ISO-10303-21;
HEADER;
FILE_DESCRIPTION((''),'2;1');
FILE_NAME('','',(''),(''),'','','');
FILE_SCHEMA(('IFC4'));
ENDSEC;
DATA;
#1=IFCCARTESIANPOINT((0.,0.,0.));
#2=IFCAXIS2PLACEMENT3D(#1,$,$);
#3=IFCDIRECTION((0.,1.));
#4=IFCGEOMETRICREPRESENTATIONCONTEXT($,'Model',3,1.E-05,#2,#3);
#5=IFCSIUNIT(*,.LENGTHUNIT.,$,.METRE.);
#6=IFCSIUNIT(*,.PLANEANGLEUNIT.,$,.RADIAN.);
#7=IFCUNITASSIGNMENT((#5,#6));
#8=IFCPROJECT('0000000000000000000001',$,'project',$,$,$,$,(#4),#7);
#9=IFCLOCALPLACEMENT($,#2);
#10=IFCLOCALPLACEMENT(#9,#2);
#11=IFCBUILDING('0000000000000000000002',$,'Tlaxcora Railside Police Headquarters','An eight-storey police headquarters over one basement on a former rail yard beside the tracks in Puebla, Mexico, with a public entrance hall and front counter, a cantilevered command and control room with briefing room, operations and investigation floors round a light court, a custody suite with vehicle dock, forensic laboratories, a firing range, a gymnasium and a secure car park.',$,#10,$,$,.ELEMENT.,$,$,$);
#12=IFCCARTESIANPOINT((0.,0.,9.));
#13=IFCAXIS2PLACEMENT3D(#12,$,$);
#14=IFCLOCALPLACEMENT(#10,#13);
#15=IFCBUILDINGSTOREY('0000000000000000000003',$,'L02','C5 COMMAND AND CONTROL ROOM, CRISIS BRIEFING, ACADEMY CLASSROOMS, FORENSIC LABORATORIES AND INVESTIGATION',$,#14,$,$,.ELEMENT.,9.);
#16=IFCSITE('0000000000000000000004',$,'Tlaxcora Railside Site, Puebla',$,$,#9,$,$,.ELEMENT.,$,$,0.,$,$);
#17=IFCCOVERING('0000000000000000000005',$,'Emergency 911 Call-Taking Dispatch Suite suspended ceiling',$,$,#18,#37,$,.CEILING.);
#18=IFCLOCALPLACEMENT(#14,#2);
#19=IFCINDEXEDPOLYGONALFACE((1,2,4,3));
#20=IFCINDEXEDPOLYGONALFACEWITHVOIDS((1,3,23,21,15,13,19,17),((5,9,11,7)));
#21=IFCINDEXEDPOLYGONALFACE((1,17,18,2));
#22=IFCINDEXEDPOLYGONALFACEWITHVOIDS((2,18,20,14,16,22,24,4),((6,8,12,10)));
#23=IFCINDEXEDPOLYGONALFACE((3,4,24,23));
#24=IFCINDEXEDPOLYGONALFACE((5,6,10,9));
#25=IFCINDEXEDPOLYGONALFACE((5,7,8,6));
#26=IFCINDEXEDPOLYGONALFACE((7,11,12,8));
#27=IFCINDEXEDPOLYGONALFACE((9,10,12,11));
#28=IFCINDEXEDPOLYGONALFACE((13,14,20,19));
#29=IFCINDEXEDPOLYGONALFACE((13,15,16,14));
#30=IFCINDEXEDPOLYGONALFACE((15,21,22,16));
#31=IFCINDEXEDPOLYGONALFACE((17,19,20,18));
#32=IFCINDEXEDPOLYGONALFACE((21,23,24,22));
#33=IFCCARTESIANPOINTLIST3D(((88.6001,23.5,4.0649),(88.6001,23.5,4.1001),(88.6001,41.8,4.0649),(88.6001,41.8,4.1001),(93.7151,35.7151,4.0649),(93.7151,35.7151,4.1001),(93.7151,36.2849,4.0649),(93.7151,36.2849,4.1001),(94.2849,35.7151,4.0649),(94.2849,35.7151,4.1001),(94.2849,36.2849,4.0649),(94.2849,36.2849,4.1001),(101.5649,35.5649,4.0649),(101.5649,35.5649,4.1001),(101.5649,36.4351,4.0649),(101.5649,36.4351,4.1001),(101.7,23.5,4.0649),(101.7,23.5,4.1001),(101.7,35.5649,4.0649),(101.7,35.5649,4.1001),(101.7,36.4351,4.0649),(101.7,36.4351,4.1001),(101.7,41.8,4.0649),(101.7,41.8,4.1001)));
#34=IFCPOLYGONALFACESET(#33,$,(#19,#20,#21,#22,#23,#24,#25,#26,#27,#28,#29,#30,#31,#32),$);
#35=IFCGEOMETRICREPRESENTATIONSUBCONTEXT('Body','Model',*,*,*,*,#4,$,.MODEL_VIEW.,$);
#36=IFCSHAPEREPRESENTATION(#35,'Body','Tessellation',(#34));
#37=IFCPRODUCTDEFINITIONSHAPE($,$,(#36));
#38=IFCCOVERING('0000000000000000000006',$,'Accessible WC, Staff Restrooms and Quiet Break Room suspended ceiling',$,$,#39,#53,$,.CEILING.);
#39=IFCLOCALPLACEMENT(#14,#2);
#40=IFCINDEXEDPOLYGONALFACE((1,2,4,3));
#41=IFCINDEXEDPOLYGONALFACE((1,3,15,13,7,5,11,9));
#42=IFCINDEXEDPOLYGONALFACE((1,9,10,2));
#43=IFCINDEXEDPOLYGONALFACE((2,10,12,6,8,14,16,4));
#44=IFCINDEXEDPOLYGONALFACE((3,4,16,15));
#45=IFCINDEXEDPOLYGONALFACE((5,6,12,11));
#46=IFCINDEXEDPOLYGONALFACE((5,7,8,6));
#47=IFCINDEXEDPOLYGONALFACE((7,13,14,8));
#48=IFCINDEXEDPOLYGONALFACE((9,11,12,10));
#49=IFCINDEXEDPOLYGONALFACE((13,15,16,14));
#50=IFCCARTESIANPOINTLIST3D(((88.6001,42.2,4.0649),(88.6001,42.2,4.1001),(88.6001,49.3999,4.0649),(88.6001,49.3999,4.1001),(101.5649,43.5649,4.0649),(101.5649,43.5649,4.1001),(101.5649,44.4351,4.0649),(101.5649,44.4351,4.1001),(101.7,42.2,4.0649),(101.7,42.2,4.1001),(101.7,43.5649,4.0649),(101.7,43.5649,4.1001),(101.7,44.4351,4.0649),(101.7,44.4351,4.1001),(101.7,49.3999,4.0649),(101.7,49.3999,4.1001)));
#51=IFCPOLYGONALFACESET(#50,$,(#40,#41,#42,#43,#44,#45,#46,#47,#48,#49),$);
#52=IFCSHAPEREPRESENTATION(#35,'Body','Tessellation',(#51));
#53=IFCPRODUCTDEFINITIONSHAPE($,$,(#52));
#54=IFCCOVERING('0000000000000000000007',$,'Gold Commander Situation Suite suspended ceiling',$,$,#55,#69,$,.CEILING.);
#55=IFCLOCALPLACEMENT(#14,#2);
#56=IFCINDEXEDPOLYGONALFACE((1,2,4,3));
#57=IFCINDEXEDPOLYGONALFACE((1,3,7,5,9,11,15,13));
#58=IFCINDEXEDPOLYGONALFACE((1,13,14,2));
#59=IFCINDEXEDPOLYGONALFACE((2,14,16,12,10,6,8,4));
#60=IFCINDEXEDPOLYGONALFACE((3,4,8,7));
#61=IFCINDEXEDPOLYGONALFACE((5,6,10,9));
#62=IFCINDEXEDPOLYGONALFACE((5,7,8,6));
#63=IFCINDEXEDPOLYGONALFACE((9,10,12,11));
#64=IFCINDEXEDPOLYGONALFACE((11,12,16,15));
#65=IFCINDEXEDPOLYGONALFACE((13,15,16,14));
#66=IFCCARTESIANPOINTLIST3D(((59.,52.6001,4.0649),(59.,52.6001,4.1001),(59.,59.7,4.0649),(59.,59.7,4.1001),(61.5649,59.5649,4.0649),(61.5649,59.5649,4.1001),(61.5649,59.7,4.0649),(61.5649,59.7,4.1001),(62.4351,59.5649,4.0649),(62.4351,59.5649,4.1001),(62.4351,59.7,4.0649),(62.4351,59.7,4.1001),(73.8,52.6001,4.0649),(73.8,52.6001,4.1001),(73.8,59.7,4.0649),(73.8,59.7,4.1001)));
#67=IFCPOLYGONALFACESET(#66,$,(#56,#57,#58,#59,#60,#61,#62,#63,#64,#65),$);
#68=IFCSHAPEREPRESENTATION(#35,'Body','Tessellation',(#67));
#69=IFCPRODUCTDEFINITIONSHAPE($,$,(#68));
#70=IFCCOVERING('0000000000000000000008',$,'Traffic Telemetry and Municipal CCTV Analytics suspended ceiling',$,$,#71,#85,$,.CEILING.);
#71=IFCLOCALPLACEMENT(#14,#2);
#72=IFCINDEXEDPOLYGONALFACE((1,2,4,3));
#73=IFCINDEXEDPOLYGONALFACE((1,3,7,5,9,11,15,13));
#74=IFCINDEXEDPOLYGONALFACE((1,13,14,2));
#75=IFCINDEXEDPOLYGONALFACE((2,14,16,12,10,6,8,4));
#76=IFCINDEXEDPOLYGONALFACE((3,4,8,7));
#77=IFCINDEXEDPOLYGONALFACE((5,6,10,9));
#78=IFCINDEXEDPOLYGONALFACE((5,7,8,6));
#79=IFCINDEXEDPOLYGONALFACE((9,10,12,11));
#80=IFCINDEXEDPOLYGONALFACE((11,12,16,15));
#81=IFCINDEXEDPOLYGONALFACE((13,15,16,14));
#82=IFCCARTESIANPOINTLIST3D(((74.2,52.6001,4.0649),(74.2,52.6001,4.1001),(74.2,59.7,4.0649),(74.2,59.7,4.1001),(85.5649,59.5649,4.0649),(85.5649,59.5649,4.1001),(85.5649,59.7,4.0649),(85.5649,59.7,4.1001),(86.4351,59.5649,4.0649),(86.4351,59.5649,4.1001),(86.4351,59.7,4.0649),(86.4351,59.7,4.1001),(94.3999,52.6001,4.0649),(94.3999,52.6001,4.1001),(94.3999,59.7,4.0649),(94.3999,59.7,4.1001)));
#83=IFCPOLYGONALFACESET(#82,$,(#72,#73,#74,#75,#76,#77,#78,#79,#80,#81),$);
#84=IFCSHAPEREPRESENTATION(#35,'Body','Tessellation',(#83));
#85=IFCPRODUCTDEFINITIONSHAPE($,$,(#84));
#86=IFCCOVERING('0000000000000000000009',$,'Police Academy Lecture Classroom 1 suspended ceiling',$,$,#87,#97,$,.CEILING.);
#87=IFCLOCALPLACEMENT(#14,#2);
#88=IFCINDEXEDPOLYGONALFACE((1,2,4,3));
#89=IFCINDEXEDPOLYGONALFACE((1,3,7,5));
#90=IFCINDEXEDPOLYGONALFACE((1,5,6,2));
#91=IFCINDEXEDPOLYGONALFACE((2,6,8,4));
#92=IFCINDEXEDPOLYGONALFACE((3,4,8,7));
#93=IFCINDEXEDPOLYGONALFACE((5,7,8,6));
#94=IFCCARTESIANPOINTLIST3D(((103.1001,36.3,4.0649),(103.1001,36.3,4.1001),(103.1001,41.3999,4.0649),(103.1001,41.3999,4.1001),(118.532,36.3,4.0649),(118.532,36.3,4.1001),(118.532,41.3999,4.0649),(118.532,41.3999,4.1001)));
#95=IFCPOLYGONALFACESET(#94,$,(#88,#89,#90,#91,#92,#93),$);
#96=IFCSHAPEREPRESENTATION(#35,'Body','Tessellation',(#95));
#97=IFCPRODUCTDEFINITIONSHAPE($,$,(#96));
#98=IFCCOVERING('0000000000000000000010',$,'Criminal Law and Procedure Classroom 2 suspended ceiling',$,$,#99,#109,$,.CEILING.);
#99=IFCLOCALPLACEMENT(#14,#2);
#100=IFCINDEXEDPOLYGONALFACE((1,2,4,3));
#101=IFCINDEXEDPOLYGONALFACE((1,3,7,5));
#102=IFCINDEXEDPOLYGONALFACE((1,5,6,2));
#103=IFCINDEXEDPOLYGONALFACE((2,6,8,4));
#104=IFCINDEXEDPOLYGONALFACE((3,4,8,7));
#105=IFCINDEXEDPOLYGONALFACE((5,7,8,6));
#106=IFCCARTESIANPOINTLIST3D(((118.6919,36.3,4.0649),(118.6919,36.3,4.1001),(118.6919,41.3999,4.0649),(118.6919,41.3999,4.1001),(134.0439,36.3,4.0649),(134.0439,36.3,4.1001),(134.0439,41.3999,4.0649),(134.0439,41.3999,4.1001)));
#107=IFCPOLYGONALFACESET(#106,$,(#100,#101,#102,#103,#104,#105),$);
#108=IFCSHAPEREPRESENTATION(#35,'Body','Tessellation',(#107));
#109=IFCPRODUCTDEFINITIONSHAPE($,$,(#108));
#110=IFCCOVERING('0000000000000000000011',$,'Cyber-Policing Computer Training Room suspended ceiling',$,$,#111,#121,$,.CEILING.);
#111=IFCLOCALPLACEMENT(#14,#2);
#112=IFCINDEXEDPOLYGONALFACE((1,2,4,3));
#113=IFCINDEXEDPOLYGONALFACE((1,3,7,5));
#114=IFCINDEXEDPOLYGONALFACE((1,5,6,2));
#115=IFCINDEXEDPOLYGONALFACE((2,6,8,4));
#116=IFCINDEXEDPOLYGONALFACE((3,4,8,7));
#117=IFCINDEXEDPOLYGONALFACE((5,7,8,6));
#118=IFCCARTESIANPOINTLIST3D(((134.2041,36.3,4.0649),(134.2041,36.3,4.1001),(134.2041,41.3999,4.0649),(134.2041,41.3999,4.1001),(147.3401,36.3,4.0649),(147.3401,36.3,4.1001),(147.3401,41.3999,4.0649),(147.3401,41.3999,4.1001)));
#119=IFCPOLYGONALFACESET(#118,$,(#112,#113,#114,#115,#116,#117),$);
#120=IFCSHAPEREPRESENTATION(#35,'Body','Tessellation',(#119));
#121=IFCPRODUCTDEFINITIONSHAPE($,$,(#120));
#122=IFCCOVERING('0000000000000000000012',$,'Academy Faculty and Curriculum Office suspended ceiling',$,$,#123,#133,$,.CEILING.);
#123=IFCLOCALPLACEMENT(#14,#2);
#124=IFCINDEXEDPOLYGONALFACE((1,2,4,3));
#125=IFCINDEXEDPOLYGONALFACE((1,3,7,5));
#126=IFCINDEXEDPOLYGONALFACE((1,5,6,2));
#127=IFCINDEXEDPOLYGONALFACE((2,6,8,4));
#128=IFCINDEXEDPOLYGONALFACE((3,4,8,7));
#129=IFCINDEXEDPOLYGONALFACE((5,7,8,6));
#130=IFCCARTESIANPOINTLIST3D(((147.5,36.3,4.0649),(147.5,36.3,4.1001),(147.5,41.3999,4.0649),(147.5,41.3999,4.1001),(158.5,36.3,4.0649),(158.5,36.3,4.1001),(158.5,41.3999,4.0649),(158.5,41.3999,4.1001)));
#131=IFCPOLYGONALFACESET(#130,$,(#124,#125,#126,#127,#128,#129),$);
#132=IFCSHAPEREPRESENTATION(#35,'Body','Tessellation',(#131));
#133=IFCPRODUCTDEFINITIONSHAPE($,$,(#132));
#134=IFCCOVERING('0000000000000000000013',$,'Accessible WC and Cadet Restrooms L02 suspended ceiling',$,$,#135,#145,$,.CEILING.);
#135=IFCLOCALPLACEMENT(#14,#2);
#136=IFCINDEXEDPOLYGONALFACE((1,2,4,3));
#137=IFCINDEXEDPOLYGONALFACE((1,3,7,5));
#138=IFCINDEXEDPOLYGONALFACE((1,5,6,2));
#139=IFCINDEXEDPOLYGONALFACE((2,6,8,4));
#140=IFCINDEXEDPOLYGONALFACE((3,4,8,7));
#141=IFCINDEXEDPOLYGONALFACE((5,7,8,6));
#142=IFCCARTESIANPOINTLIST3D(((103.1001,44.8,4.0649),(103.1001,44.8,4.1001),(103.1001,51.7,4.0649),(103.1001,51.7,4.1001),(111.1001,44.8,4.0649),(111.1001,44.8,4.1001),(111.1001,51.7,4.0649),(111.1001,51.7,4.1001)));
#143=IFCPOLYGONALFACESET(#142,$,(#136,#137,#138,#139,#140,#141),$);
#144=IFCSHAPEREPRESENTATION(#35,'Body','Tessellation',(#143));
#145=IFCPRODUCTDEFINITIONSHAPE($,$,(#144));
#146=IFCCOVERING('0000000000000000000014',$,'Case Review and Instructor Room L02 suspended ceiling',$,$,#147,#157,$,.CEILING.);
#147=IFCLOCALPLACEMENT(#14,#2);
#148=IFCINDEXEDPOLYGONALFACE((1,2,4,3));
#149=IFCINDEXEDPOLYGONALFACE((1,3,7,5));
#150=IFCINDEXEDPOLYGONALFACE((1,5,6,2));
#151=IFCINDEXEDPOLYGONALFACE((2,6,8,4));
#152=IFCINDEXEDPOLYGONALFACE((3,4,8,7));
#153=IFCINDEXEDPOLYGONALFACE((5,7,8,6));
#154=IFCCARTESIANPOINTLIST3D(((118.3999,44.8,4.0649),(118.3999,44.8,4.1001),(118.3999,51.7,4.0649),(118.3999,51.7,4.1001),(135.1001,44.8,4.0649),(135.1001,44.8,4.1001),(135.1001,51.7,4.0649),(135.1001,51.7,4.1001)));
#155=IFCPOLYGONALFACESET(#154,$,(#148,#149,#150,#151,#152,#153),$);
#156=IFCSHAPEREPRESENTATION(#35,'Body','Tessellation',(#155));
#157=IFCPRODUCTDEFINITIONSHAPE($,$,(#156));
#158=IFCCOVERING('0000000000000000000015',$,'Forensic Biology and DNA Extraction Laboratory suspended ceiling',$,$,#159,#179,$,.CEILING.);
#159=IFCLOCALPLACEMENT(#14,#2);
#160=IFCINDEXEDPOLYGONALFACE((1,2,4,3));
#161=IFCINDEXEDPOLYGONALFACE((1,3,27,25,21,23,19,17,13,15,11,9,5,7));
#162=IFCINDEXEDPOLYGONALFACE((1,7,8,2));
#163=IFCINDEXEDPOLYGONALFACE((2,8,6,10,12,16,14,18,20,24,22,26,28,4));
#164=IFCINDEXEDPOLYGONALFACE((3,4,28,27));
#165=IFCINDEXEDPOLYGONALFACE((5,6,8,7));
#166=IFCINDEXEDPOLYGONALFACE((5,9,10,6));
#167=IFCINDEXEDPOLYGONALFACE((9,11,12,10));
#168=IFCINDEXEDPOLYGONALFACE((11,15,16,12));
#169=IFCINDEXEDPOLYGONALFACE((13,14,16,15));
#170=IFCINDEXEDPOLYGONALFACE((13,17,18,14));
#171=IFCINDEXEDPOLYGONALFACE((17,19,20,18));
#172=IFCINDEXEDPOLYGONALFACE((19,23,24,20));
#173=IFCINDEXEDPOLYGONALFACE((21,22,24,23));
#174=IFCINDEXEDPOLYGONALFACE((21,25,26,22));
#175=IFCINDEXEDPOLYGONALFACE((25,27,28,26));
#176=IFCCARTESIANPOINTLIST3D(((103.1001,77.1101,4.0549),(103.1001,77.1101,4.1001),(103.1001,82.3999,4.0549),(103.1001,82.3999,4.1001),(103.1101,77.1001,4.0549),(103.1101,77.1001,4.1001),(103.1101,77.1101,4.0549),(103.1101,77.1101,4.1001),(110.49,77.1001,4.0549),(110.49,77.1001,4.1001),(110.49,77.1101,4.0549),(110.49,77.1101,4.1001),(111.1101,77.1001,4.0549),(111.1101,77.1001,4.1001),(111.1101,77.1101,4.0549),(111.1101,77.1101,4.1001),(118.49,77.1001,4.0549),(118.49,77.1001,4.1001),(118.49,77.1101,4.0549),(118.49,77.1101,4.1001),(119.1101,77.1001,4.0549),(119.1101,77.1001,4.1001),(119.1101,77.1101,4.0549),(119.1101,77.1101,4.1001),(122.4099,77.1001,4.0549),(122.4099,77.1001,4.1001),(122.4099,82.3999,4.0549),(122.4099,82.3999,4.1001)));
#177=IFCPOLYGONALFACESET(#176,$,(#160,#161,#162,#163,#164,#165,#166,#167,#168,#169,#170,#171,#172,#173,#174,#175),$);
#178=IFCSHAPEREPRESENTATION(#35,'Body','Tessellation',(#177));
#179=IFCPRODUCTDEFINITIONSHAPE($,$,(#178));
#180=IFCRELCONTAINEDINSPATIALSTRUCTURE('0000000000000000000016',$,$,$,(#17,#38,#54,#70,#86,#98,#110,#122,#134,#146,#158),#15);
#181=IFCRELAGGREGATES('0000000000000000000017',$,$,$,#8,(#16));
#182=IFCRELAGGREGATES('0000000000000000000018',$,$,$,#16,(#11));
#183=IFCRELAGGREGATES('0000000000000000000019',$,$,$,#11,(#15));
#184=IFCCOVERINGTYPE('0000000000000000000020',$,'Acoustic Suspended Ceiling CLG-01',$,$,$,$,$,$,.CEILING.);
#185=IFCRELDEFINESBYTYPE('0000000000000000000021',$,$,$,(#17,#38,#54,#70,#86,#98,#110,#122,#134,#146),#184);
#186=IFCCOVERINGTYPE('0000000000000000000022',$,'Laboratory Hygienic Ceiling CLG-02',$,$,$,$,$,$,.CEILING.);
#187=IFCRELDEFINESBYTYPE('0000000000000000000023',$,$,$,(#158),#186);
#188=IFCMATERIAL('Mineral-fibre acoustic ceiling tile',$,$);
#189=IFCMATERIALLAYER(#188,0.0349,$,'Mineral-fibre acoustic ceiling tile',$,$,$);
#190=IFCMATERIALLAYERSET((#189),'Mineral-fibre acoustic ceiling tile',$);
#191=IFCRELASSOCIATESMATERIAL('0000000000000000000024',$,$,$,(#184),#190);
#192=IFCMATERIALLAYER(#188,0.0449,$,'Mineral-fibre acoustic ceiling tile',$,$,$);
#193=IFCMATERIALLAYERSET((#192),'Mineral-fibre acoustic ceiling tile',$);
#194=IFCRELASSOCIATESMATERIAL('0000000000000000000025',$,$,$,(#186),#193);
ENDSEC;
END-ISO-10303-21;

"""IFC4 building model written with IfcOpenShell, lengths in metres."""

from ifc_helpers import new_model, si_unit, direction, frame, origin, place, context, subcontext, project, spatial, polyline, outline, extrude, material, layer, layer_set, type_object, element, save


model = new_model("IFC4")

# Units and contexts
model_context = context("Model", 3, precision=1e-05, world=origin(), true_north=direction((0.0, 1.0)))
body_context = subcontext(model_context, "Body", "Model", "MODEL_VIEW")
ifc_project = project(units=[si_unit("LENGTHUNIT", "METRE"), si_unit("PLANEANGLEUNIT", "RADIAN")], contexts=[model_context])

# Site, building, storey
site_placement = place(None, origin())
site = spatial("IfcSite", under=ifc_project, at=site_placement, Name="Tlaxcora Railside Site, Puebla", CompositionType="ELEMENT", RefElevation=0.0)
building_placement = place(site_placement, origin())
building = spatial("IfcBuilding", under=site, at=building_placement, Name="Tlaxcora Railside Police Headquarters", Description="An eight-storey police headquarters over one basement on a former rail yard beside the tracks in Puebla, Mexico, with a public entrance hall and front counter, a cantilevered command and control room with briefing room, operations and investigation floors round a light court, a custody suite with vehicle dock, forensic laboratories, a firing range, a gymnasium and a secure car park.", CompositionType="ELEMENT")
storey_placement = place(building_placement, frame((0.0, 0.0, 9.0)))
storey = spatial("IfcBuildingStorey", under=building, at=storey_placement, Name="L02", Description="C5 COMMAND AND CONTROL ROOM, CRISIS BRIEFING, ACADEMY CLASSROOMS, FORENSIC LABORATORIES AND INVESTIGATION", CompositionType="ELEMENT", Elevation=9.0)

# Coverings
ifc_material_1 = material(Name="Mineral-fibre acoustic ceiling tile")
ifc_layer_1 = layer(ifc_material_1, 0.0349, Name="Mineral-fibre acoustic ceiling tile")
ifc_layer_set_1 = layer_set([ifc_layer_1], Name="Mineral-fibre acoustic ceiling tile")
covering_type_1 = type_object("IfcCoveringType", Name="Acoustic Suspended Ceiling CLG-01", PredefinedType="CEILING", material=ifc_layer_set_1)
covering_1_placement = place(storey_placement, frame((0.0, 0.0, 4.0649)))
element("IfcCovering", 1, at=covering_1_placement, inside=storey, type_object=covering_type_1, Name="Emergency 911 Call-Taking Dispatch Suite suspended ceiling", PredefinedType="CEILING", context=body_context, shape_type="SweptSolid", body=[
    extrude(outline(polyline([(101.7, 23.5), (101.7, 35.5649), (101.5649, 35.5649), (101.5649, 36.4351), (101.7, 36.4351), (101.7, 41.8), (88.6001, 41.8), (88.6001, 23.5), (101.7, 23.5)]), holes=[polyline([(94.2849, 36.2849), (94.2849, 35.7151), (93.7151, 35.7151), (93.7151, 36.2849), (94.2849, 36.2849)])]), origin(), (0.0, 0.0, 1.0), 0.0352),
])
covering_2_placement = place(storey_placement, frame((0.0, 0.0, 4.0649)))
element("IfcCovering", 2, at=covering_2_placement, inside=storey, type_object=covering_type_1, Name="Accessible WC, Staff Restrooms and Quiet Break Room suspended ceiling", PredefinedType="CEILING", context=body_context, shape_type="SweptSolid", body=[
    extrude(outline(polyline([(101.7, 49.3999), (88.6001, 49.3999), (88.6001, 42.2), (101.7, 42.2), (101.7, 43.5649), (101.5649, 43.5649), (101.5649, 44.4351), (101.7, 44.4351), (101.7, 49.3999)])), origin(), (0.0, 0.0, 1.0), 0.0352),
])
covering_3_placement = place(storey_placement, frame((0.0, 0.0, 4.0649)))
element("IfcCovering", 3, at=covering_3_placement, inside=storey, type_object=covering_type_1, Name="Gold Commander Situation Suite suspended ceiling", PredefinedType="CEILING", context=body_context, shape_type="SweptSolid", body=[
    extrude(outline(polyline([(73.8, 59.7), (62.4351, 59.7), (62.4351, 59.5649), (61.5649, 59.5649), (61.5649, 59.7), (59.0, 59.7), (59.0, 52.6001), (73.8, 52.6001), (73.8, 59.7)])), origin(), (0.0, 0.0, 1.0), 0.0352),
])
covering_4_placement = place(storey_placement, frame((0.0, 0.0, 4.0649)))
element("IfcCovering", 4, at=covering_4_placement, inside=storey, type_object=covering_type_1, Name="Traffic Telemetry and Municipal CCTV Analytics suspended ceiling", PredefinedType="CEILING", context=body_context, shape_type="SweptSolid", body=[
    extrude(outline(polyline([(94.3999, 59.7), (86.4351, 59.7), (86.4351, 59.5649), (85.5649, 59.5649), (85.5649, 59.7), (74.2, 59.7), (74.2, 52.6001), (94.3999, 52.6001), (94.3999, 59.7)])), origin(), (0.0, 0.0, 1.0), 0.0352),
])
covering_5_placement = place(storey_placement, frame((0.0, 0.0, 4.0649)))
element("IfcCovering", 5, at=covering_5_placement, inside=storey, type_object=covering_type_1, Name="Police Academy Lecture Classroom 1 suspended ceiling", PredefinedType="CEILING", context=body_context, shape_type="SweptSolid", body=[
    extrude(outline(polyline([(103.1001, 41.3999), (103.1001, 36.3), (118.532, 36.3), (118.532, 41.3999), (103.1001, 41.3999)])), origin(), (0.0, 0.0, 1.0), 0.0352),
])
covering_6_placement = place(storey_placement, frame((0.0, 0.0, 4.0649)))
element("IfcCovering", 6, at=covering_6_placement, inside=storey, type_object=covering_type_1, Name="Criminal Law and Procedure Classroom 2 suspended ceiling", PredefinedType="CEILING", context=body_context, shape_type="SweptSolid", body=[
    extrude(outline(polyline([(118.6919, 41.3999), (118.6919, 36.3), (134.0439, 36.3), (134.0439, 41.3999), (118.6919, 41.3999)])), origin(), (0.0, 0.0, 1.0), 0.0352),
])
covering_7_placement = place(storey_placement, frame((0.0, 0.0, 4.0649)))
element("IfcCovering", 7, at=covering_7_placement, inside=storey, type_object=covering_type_1, Name="Cyber-Policing Computer Training Room suspended ceiling", PredefinedType="CEILING", context=body_context, shape_type="SweptSolid", body=[
    extrude(outline(polyline([(134.2041, 41.3999), (134.2041, 36.3), (147.3401, 36.3), (147.3401, 41.3999), (134.2041, 41.3999)])), origin(), (0.0, 0.0, 1.0), 0.0352),
])
covering_8_placement = place(storey_placement, frame((0.0, 0.0, 4.0649)))
element("IfcCovering", 8, at=covering_8_placement, inside=storey, type_object=covering_type_1, Name="Academy Faculty and Curriculum Office suspended ceiling", PredefinedType="CEILING", context=body_context, shape_type="SweptSolid", body=[
    extrude(outline(polyline([(147.5, 41.3999), (147.5, 36.3), (158.5, 36.3), (158.5, 41.3999), (147.5, 41.3999)])), origin(), (0.0, 0.0, 1.0), 0.0352),
])
covering_9_placement = place(storey_placement, frame((0.0, 0.0, 4.0649)))
element("IfcCovering", 9, at=covering_9_placement, inside=storey, type_object=covering_type_1, Name="Accessible WC and Cadet Restrooms L02 suspended ceiling", PredefinedType="CEILING", context=body_context, shape_type="SweptSolid", body=[
    extrude(outline(polyline([(103.1001, 51.7), (103.1001, 44.8), (111.1001, 44.8), (111.1001, 51.7), (103.1001, 51.7)])), origin(), (0.0, 0.0, 1.0), 0.0352),
])
covering_10_placement = place(storey_placement, frame((0.0, 0.0, 4.0649)))
element("IfcCovering", 10, at=covering_10_placement, inside=storey, type_object=covering_type_1, Name="Case Review and Instructor Room L02 suspended ceiling", PredefinedType="CEILING", context=body_context, shape_type="SweptSolid", body=[
    extrude(outline(polyline([(118.3999, 51.7), (118.3999, 44.8), (135.1001, 44.8), (135.1001, 51.7), (118.3999, 51.7)])), origin(), (0.0, 0.0, 1.0), 0.0352),
])
ifc_layer_2 = layer(ifc_material_1, 0.0449, Name="Mineral-fibre acoustic ceiling tile")
ifc_layer_set_2 = layer_set([ifc_layer_2], Name="Mineral-fibre acoustic ceiling tile")
covering_type_2 = type_object("IfcCoveringType", Name="Laboratory Hygienic Ceiling CLG-02", PredefinedType="CEILING", material=ifc_layer_set_2)
covering_11_placement = place(storey_placement, frame((0.0, 0.0, 4.0549)))
element("IfcCovering", 11, at=covering_11_placement, inside=storey, type_object=covering_type_2, Name="Forensic Biology and DNA Extraction Laboratory suspended ceiling", PredefinedType="CEILING", context=body_context, shape_type="SweptSolid", body=[
    extrude(outline(polyline([(111.1101, 77.1001), (118.49, 77.1001), (118.49, 77.1101), (119.1101, 77.1101), (119.1101, 77.1001), (122.4099, 77.1001), (122.4099, 82.3999), (103.1001, 82.3999), (103.1001, 77.1101), (103.1101, 77.1101), (103.1101, 77.1001), (110.49, 77.1001), (110.49, 77.1101), (111.1101, 77.1101), (111.1101, 77.1001)])), origin(), (0.0, 0.0, 1.0), 0.0452),
])

save(model, "model.ifc")
